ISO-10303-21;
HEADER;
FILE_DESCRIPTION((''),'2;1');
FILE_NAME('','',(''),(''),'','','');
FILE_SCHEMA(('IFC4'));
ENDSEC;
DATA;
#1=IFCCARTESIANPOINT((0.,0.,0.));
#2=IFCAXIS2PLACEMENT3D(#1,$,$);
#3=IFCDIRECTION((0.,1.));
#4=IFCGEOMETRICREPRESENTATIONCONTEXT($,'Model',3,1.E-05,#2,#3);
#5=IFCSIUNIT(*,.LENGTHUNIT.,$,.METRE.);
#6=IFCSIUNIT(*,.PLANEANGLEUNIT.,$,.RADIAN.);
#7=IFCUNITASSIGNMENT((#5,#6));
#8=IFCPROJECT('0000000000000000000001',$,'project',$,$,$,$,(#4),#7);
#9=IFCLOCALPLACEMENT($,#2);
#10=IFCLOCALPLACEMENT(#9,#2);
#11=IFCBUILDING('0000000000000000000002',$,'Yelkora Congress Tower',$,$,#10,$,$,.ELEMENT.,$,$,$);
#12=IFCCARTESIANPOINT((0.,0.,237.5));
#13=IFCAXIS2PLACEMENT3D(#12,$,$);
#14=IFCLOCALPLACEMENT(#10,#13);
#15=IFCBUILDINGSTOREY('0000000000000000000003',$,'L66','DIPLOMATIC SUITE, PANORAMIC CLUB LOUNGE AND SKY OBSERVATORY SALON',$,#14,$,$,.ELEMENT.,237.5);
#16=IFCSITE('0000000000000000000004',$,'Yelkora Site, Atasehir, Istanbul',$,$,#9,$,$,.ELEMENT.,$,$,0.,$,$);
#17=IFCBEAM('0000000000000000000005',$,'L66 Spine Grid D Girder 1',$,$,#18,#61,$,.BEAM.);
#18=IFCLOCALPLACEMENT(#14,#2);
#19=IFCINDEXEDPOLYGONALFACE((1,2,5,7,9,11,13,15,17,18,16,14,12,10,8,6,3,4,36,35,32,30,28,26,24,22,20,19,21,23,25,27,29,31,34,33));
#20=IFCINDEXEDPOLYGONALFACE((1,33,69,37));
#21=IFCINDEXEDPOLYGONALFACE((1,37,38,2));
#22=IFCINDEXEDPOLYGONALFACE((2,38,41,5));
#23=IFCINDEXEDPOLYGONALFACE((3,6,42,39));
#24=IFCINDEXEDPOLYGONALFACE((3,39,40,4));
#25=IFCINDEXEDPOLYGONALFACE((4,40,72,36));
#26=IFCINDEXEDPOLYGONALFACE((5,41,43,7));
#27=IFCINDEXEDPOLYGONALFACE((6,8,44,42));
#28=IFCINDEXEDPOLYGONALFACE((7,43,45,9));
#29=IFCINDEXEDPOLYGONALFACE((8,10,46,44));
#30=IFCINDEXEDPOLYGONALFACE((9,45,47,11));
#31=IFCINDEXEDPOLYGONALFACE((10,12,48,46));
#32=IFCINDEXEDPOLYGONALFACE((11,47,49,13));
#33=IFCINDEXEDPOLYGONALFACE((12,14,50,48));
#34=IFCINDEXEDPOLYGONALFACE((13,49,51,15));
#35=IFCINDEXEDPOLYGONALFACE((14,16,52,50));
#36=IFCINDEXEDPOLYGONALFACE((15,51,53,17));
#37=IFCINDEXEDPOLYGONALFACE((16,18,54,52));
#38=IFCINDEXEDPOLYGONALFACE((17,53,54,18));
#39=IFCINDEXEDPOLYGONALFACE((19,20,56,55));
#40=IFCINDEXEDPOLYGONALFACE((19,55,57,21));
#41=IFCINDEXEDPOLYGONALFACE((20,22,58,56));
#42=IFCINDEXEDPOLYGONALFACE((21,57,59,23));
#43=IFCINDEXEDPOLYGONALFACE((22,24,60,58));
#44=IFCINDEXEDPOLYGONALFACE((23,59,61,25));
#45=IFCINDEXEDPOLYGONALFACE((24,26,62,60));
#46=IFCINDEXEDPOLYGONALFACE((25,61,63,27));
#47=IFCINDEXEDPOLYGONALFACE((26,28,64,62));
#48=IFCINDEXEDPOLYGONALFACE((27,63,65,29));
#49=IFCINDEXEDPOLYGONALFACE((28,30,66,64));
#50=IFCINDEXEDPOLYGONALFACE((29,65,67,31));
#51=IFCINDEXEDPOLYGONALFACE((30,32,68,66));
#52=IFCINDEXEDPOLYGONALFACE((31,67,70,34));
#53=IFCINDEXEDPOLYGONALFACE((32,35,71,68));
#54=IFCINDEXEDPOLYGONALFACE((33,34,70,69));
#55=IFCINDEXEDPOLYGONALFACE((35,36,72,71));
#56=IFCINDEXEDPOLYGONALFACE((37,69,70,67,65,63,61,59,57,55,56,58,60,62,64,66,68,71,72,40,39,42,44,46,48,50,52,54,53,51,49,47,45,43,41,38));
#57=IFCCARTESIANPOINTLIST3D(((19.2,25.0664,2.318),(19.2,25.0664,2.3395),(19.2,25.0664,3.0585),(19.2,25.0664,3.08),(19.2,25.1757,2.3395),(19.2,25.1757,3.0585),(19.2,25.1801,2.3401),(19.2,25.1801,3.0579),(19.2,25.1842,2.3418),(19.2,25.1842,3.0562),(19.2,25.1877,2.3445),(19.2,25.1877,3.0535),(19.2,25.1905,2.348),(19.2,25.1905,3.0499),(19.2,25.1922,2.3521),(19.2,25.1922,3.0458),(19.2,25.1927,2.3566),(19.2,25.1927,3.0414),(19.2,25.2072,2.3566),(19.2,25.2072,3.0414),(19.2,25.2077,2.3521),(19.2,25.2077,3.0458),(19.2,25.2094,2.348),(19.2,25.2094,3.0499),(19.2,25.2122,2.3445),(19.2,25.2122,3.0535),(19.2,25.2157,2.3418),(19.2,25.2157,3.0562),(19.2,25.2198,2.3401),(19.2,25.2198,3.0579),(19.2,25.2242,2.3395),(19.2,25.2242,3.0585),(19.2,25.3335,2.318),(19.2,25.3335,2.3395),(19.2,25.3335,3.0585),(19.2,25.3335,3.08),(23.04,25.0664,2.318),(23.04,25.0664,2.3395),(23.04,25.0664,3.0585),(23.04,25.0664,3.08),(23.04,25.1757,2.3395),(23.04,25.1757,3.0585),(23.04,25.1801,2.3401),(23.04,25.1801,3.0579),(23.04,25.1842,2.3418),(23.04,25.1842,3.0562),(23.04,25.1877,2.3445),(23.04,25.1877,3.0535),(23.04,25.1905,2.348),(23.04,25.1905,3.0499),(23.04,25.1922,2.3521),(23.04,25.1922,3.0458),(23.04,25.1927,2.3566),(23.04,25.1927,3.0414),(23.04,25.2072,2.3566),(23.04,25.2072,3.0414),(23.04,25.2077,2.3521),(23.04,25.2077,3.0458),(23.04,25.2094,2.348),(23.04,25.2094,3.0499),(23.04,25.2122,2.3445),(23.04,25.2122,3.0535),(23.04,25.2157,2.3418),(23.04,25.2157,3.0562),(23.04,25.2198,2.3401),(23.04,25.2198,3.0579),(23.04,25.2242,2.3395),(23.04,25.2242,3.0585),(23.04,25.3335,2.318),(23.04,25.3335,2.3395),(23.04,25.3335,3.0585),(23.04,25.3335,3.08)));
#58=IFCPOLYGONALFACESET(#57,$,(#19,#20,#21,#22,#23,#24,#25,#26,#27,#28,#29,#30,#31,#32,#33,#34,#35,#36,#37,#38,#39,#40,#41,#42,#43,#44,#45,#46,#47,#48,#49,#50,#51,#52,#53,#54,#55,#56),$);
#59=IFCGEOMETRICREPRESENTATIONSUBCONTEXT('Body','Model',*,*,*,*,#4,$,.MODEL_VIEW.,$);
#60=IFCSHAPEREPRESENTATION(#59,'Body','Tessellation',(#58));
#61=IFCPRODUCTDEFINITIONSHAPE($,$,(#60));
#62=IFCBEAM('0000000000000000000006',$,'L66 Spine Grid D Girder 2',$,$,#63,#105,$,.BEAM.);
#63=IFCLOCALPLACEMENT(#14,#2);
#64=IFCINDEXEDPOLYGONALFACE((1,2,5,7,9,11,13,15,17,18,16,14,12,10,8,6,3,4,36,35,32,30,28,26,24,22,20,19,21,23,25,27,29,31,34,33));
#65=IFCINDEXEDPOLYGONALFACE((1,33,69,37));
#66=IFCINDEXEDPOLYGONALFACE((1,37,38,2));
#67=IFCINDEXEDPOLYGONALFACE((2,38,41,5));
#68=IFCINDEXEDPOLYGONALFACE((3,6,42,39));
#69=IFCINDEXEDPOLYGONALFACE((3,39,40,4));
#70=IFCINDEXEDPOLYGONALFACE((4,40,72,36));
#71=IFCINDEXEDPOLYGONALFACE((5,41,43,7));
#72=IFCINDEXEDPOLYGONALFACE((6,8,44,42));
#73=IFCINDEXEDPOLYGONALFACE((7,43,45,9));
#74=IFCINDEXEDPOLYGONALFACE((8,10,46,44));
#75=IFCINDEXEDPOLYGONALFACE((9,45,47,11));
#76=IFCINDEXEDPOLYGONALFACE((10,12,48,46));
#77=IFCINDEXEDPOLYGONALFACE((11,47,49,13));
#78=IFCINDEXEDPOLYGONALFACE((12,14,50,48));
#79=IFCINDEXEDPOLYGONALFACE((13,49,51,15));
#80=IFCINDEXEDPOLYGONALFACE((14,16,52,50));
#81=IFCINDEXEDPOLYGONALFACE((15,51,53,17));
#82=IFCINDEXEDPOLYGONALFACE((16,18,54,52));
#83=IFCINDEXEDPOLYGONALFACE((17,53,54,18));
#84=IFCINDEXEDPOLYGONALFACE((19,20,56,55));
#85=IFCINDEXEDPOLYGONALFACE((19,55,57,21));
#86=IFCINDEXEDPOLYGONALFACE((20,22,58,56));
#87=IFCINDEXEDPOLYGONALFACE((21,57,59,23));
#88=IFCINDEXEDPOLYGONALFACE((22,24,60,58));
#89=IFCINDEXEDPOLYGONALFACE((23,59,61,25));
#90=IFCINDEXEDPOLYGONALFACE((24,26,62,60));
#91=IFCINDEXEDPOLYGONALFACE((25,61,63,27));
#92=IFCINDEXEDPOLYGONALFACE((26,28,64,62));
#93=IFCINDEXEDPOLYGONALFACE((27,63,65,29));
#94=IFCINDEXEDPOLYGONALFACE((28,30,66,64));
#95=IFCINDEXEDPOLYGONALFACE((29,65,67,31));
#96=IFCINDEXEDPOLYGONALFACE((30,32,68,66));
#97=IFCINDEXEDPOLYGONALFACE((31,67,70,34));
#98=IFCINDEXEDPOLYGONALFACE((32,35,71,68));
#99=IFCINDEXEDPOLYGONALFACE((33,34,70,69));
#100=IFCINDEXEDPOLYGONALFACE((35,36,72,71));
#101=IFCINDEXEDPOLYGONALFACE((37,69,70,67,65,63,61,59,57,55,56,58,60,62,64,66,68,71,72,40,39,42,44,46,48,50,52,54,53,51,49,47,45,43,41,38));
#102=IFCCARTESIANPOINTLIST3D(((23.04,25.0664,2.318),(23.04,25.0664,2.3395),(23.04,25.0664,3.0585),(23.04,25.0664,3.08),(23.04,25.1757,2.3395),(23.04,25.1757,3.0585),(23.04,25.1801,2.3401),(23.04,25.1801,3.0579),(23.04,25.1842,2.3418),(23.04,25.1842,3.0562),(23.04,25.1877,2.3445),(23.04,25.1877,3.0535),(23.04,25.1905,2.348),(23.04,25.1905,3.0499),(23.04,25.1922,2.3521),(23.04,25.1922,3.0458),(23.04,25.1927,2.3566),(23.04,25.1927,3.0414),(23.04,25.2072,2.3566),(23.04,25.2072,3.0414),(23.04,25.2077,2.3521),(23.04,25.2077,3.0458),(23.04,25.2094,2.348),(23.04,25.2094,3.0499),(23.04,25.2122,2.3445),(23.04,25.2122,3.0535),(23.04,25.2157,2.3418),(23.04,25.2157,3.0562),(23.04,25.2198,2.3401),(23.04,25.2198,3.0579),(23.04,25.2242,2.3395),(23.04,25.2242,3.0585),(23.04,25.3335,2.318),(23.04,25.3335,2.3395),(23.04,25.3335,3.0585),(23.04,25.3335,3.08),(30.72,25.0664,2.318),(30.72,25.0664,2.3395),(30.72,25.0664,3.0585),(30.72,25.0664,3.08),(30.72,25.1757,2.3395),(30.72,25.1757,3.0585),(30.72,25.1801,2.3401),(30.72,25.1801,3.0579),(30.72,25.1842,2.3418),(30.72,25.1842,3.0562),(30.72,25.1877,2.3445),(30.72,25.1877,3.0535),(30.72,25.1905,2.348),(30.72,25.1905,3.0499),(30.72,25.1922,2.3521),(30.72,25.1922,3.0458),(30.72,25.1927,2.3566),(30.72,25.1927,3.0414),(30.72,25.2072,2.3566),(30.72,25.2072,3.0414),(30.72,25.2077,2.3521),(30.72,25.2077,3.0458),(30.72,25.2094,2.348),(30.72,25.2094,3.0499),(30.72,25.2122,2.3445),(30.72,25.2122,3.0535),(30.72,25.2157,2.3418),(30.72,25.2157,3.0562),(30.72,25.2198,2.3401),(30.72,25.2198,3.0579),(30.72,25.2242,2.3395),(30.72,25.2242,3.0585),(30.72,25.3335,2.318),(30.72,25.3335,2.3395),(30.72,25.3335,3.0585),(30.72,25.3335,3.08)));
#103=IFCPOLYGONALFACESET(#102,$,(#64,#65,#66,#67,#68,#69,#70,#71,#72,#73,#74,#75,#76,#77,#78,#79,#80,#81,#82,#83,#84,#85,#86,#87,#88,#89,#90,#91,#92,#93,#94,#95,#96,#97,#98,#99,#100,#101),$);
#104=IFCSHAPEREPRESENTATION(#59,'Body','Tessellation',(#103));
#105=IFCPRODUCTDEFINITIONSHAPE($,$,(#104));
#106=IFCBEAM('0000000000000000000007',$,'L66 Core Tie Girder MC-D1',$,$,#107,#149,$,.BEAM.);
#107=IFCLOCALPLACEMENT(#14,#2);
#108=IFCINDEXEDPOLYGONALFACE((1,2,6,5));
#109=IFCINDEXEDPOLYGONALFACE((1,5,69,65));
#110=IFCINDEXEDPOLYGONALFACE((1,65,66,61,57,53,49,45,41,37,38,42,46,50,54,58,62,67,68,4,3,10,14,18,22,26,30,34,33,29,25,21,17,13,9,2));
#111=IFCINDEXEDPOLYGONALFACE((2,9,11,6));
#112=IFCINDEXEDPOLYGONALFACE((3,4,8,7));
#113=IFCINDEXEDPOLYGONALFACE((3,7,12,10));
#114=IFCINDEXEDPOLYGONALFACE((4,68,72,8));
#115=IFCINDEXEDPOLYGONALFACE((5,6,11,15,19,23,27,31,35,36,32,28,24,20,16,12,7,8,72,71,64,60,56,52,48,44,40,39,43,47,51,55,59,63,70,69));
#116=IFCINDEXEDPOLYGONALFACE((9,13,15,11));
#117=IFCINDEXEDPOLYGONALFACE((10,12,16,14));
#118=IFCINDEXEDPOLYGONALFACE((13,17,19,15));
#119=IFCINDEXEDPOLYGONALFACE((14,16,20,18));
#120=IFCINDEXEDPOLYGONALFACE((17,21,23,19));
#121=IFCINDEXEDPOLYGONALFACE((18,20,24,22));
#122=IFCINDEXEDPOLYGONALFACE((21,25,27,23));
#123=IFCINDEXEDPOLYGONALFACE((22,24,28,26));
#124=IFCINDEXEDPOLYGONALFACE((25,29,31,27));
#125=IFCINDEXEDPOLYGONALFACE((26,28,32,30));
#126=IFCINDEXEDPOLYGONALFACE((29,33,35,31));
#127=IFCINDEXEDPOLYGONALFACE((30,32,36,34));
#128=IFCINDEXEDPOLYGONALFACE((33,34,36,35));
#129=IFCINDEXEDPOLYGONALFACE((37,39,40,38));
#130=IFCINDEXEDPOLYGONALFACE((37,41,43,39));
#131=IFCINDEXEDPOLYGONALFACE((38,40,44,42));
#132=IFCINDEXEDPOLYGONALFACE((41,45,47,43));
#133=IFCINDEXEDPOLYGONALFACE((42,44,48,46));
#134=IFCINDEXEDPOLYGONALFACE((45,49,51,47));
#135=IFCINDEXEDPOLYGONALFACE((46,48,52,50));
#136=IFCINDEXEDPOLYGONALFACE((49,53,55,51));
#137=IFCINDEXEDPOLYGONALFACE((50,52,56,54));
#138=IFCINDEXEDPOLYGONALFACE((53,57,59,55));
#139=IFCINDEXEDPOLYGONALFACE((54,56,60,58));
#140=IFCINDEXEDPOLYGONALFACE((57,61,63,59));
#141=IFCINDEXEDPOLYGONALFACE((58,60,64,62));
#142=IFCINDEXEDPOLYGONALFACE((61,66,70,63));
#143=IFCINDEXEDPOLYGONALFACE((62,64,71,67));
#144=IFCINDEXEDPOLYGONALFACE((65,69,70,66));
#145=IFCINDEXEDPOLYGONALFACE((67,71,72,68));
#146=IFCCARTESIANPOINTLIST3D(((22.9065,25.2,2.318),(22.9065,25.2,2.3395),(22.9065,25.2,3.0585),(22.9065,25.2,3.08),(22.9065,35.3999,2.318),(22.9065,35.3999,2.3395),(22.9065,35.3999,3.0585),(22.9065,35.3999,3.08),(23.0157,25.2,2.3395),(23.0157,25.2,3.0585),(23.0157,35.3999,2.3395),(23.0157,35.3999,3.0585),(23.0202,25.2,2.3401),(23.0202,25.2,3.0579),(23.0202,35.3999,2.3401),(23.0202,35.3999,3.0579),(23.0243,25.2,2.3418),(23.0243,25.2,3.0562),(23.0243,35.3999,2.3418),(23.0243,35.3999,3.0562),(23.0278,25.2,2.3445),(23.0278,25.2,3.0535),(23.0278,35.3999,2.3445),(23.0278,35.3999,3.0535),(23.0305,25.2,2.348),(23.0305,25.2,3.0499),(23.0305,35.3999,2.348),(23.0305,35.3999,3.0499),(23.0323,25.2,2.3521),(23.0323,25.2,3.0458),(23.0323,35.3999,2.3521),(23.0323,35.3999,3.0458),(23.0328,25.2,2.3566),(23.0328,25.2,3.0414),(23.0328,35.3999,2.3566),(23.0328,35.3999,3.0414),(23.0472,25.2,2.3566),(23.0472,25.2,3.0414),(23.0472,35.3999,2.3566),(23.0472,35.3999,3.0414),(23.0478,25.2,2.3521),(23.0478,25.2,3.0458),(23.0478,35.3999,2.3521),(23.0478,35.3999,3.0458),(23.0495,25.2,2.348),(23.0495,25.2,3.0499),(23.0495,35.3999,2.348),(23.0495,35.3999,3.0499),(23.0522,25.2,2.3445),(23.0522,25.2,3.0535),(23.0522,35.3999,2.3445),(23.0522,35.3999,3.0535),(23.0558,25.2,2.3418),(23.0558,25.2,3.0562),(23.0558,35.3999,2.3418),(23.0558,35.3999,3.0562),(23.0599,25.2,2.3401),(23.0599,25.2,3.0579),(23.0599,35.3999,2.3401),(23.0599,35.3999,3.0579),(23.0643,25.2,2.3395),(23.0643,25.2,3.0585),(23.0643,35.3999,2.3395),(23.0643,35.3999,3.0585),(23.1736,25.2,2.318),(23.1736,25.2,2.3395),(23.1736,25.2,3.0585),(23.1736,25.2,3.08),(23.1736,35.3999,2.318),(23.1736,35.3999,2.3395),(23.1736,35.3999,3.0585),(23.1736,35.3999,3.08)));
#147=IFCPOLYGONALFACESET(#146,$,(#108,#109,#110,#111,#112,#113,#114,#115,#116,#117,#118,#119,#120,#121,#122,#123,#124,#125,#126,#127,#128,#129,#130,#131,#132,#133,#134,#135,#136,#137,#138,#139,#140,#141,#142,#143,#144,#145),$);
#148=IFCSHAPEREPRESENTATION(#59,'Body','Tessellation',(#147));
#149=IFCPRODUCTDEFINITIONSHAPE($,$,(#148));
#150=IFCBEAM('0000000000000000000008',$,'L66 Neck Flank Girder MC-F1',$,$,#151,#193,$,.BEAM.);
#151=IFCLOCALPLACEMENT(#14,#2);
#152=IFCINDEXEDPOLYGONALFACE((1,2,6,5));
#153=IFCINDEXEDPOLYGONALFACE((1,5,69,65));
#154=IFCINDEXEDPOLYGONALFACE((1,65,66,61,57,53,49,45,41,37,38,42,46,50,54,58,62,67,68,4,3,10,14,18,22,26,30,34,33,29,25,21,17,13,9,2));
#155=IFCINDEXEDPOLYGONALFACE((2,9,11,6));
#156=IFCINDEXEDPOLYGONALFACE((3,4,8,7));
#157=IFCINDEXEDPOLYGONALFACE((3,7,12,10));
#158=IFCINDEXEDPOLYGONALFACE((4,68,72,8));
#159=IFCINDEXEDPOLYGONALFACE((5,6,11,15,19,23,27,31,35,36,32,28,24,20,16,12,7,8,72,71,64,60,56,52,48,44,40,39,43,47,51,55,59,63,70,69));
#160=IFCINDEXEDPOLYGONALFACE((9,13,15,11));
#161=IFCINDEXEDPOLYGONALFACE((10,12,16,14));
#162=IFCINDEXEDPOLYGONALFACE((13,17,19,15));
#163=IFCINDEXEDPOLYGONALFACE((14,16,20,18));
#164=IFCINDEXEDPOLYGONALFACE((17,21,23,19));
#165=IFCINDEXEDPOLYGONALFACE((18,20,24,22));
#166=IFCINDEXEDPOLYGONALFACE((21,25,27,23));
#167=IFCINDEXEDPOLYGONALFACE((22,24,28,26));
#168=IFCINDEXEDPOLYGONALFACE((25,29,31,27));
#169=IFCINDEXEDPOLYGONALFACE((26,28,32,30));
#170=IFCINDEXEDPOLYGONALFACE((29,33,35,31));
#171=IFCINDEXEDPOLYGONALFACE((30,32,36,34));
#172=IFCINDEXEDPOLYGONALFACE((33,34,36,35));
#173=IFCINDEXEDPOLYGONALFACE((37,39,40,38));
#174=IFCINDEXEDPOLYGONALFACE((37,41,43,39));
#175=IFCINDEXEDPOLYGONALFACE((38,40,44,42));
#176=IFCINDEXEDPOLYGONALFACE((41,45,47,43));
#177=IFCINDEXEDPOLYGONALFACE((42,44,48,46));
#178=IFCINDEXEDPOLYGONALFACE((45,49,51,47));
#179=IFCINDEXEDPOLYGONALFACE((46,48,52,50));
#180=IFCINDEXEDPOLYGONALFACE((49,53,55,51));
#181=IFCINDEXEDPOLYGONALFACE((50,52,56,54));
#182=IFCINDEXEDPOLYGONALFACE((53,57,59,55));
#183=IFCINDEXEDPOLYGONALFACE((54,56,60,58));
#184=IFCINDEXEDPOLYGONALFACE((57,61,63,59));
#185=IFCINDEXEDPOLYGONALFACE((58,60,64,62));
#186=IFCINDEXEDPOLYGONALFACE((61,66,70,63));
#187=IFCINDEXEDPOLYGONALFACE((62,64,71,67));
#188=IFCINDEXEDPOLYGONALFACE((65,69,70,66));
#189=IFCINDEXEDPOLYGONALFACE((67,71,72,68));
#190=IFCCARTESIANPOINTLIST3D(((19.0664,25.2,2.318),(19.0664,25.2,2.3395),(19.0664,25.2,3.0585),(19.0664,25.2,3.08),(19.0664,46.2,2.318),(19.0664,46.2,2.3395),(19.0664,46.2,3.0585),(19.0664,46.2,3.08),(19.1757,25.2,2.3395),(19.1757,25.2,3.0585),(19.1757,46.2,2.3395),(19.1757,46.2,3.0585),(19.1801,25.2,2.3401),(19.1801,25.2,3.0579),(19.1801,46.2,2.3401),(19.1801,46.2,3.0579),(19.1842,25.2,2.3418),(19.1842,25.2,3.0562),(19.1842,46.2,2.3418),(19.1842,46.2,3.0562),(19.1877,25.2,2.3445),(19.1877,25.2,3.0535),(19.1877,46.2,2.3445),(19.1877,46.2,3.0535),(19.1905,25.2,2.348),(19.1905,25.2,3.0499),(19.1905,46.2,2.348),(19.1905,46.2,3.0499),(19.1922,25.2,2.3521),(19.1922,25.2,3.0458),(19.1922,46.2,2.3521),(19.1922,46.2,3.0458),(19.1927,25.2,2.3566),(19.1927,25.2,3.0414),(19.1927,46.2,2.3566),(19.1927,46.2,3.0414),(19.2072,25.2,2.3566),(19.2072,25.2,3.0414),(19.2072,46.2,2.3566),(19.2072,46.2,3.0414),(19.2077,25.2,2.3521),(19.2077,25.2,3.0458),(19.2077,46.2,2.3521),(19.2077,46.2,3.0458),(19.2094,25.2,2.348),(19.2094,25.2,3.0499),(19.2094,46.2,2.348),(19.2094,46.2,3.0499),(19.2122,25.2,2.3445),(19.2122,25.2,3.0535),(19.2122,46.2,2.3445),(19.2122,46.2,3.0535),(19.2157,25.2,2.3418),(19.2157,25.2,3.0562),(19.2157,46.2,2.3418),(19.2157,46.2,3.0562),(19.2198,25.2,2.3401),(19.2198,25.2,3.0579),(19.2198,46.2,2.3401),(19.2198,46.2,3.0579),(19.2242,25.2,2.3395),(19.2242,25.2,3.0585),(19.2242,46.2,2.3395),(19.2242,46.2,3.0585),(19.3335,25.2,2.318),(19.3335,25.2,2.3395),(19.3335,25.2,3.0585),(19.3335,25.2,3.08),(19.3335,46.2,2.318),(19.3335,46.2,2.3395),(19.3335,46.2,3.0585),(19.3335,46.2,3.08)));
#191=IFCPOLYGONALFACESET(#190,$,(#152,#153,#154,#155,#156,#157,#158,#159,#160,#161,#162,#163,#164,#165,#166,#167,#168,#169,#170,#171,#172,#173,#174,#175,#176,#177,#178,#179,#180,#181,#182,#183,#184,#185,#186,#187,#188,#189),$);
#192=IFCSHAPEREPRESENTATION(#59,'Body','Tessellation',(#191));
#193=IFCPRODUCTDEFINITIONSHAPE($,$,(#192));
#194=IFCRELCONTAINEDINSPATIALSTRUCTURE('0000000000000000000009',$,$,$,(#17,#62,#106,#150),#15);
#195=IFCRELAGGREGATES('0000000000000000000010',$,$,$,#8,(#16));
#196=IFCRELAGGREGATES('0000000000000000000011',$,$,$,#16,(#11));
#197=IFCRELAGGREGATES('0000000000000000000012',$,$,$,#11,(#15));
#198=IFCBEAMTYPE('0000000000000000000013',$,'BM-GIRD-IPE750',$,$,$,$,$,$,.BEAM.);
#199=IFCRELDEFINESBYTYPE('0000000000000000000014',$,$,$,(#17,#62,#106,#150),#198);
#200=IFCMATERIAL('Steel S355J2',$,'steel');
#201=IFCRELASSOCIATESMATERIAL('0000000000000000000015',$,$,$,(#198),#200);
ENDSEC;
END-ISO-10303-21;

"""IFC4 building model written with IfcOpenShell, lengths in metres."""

from ifc_helpers import new_model, si_unit, direction, frame, origin, origin_2d, place, context, subcontext, project, spatial, i_section, extrude, material, material_profile, profile_set, type_object, element, save


model = new_model("IFC4")

# Units and contexts
model_context = context("Model", 3, precision=1e-05, world=origin(), true_north=direction((0.0, 1.0)))
body_context = subcontext(model_context, "Body", "Model", "MODEL_VIEW")
ifc_project = project(units=[si_unit("LENGTHUNIT", "METRE"), si_unit("PLANEANGLEUNIT", "RADIAN")], contexts=[model_context])

# Site, building, storey
site_placement = place(None, origin())
site = spatial("IfcSite", under=ifc_project, at=site_placement, Name="Yelkora Site, Atasehir, Istanbul", CompositionType="ELEMENT", RefElevation=0.0)
building_placement = place(site_placement, origin())
building = spatial("IfcBuilding", under=site, at=building_placement, Name="Yelkora Congress Tower", CompositionType="ELEMENT")
storey_placement = place(building_placement, frame((0.0, 0.0, 237.5)))
storey = spatial("IfcBuildingStorey", under=building, at=storey_placement, Name="L66", Description="DIPLOMATIC SUITE, PANORAMIC CLUB LOUNGE AND SKY OBSERVATORY SALON", CompositionType="ELEMENT", Elevation=237.5)

# Shared definitions
ifc_material_1 = material(Name="Steel S355J2", Category="steel")

# Beams
ifc_material_profile_1 = material_profile(ifc_material_1, i_section(OverallWidth=0.2671, OverallDepth=0.762, WebThickness=0.0144, FlangeThickness=0.0215, FilletRadius=0.0171, at=origin_2d()), Name="IPE 750x173")
ifc_profile_set_1 = profile_set([ifc_material_profile_1], Name="Steel S355J2")
beam_type_1 = type_object("IfcBeamType", Name="BM-GIRD-IPE750", PredefinedType="BEAM", material=ifc_profile_set_1)
beam_1_placement = place(storey_placement, frame((19.2, 25.2, 2.699), z_axis=(1.0, 0.0, 0.0), x_axis=(0.0, 1.0, 0.0)))
element("IfcBeam", 1, at=beam_1_placement, inside=storey, type_object=beam_type_1, Name="L66 Spine Grid D Girder 1", PredefinedType="BEAM", context=body_context, shape_type="SweptSolid", body=[
    extrude(i_section(OverallWidth=0.2671, OverallDepth=0.762, WebThickness=0.0144, FlangeThickness=0.0215, FilletRadius=0.0171, at=origin_2d()), origin(), (0.0, 0.0, 1.0), 3.8401),
])
beam_2_placement = place(storey_placement, frame((23.04, 25.2, 2.699), z_axis=(1.0, 0.0, 0.0), x_axis=(0.0, 1.0, 0.0)))
element("IfcBeam", 2, at=beam_2_placement, inside=storey, type_object=beam_type_1, Name="L66 Spine Grid D Girder 2", PredefinedType="BEAM", context=body_context, shape_type="SweptSolid", body=[
    extrude(i_section(OverallWidth=0.2671, OverallDepth=0.762, WebThickness=0.0144, FlangeThickness=0.0215, FilletRadius=0.0171, at=origin_2d()), origin(), (0.0, 0.0, 1.0), 7.6799),
])
beam_3_placement = place(storey_placement, frame((23.04, 25.2, 2.699), z_axis=(0.0, 1.0, 0.0), x_axis=(-1.0, 0.0, 0.0)))
element("IfcBeam", 3, at=beam_3_placement, inside=storey, type_object=beam_type_1, Name="L66 Core Tie Girder MC-D1", PredefinedType="BEAM", context=body_context, shape_type="SweptSolid", body=[
    extrude(i_section(OverallWidth=0.2671, OverallDepth=0.762, WebThickness=0.0144, FlangeThickness=0.0215, FilletRadius=0.0171, at=origin_2d()), origin(), (0.0, 0.0, 1.0), 10.2),
])
beam_4_placement = place(storey_placement, frame((19.2, 25.2, 2.699), z_axis=(0.0, 1.0, 0.0), x_axis=(-1.0, 0.0, 0.0)))
element("IfcBeam", 4, at=beam_4_placement, inside=storey, type_object=beam_type_1, Name="L66 Neck Flank Girder MC-F1", PredefinedType="BEAM", context=body_context, shape_type="SweptSolid", body=[
    extrude(i_section(OverallWidth=0.2671, OverallDepth=0.762, WebThickness=0.0144, FlangeThickness=0.0215, FilletRadius=0.0171, at=origin_2d()), origin(), (0.0, 0.0, 1.0), 21.0),
])

save(model, "model.ifc")
